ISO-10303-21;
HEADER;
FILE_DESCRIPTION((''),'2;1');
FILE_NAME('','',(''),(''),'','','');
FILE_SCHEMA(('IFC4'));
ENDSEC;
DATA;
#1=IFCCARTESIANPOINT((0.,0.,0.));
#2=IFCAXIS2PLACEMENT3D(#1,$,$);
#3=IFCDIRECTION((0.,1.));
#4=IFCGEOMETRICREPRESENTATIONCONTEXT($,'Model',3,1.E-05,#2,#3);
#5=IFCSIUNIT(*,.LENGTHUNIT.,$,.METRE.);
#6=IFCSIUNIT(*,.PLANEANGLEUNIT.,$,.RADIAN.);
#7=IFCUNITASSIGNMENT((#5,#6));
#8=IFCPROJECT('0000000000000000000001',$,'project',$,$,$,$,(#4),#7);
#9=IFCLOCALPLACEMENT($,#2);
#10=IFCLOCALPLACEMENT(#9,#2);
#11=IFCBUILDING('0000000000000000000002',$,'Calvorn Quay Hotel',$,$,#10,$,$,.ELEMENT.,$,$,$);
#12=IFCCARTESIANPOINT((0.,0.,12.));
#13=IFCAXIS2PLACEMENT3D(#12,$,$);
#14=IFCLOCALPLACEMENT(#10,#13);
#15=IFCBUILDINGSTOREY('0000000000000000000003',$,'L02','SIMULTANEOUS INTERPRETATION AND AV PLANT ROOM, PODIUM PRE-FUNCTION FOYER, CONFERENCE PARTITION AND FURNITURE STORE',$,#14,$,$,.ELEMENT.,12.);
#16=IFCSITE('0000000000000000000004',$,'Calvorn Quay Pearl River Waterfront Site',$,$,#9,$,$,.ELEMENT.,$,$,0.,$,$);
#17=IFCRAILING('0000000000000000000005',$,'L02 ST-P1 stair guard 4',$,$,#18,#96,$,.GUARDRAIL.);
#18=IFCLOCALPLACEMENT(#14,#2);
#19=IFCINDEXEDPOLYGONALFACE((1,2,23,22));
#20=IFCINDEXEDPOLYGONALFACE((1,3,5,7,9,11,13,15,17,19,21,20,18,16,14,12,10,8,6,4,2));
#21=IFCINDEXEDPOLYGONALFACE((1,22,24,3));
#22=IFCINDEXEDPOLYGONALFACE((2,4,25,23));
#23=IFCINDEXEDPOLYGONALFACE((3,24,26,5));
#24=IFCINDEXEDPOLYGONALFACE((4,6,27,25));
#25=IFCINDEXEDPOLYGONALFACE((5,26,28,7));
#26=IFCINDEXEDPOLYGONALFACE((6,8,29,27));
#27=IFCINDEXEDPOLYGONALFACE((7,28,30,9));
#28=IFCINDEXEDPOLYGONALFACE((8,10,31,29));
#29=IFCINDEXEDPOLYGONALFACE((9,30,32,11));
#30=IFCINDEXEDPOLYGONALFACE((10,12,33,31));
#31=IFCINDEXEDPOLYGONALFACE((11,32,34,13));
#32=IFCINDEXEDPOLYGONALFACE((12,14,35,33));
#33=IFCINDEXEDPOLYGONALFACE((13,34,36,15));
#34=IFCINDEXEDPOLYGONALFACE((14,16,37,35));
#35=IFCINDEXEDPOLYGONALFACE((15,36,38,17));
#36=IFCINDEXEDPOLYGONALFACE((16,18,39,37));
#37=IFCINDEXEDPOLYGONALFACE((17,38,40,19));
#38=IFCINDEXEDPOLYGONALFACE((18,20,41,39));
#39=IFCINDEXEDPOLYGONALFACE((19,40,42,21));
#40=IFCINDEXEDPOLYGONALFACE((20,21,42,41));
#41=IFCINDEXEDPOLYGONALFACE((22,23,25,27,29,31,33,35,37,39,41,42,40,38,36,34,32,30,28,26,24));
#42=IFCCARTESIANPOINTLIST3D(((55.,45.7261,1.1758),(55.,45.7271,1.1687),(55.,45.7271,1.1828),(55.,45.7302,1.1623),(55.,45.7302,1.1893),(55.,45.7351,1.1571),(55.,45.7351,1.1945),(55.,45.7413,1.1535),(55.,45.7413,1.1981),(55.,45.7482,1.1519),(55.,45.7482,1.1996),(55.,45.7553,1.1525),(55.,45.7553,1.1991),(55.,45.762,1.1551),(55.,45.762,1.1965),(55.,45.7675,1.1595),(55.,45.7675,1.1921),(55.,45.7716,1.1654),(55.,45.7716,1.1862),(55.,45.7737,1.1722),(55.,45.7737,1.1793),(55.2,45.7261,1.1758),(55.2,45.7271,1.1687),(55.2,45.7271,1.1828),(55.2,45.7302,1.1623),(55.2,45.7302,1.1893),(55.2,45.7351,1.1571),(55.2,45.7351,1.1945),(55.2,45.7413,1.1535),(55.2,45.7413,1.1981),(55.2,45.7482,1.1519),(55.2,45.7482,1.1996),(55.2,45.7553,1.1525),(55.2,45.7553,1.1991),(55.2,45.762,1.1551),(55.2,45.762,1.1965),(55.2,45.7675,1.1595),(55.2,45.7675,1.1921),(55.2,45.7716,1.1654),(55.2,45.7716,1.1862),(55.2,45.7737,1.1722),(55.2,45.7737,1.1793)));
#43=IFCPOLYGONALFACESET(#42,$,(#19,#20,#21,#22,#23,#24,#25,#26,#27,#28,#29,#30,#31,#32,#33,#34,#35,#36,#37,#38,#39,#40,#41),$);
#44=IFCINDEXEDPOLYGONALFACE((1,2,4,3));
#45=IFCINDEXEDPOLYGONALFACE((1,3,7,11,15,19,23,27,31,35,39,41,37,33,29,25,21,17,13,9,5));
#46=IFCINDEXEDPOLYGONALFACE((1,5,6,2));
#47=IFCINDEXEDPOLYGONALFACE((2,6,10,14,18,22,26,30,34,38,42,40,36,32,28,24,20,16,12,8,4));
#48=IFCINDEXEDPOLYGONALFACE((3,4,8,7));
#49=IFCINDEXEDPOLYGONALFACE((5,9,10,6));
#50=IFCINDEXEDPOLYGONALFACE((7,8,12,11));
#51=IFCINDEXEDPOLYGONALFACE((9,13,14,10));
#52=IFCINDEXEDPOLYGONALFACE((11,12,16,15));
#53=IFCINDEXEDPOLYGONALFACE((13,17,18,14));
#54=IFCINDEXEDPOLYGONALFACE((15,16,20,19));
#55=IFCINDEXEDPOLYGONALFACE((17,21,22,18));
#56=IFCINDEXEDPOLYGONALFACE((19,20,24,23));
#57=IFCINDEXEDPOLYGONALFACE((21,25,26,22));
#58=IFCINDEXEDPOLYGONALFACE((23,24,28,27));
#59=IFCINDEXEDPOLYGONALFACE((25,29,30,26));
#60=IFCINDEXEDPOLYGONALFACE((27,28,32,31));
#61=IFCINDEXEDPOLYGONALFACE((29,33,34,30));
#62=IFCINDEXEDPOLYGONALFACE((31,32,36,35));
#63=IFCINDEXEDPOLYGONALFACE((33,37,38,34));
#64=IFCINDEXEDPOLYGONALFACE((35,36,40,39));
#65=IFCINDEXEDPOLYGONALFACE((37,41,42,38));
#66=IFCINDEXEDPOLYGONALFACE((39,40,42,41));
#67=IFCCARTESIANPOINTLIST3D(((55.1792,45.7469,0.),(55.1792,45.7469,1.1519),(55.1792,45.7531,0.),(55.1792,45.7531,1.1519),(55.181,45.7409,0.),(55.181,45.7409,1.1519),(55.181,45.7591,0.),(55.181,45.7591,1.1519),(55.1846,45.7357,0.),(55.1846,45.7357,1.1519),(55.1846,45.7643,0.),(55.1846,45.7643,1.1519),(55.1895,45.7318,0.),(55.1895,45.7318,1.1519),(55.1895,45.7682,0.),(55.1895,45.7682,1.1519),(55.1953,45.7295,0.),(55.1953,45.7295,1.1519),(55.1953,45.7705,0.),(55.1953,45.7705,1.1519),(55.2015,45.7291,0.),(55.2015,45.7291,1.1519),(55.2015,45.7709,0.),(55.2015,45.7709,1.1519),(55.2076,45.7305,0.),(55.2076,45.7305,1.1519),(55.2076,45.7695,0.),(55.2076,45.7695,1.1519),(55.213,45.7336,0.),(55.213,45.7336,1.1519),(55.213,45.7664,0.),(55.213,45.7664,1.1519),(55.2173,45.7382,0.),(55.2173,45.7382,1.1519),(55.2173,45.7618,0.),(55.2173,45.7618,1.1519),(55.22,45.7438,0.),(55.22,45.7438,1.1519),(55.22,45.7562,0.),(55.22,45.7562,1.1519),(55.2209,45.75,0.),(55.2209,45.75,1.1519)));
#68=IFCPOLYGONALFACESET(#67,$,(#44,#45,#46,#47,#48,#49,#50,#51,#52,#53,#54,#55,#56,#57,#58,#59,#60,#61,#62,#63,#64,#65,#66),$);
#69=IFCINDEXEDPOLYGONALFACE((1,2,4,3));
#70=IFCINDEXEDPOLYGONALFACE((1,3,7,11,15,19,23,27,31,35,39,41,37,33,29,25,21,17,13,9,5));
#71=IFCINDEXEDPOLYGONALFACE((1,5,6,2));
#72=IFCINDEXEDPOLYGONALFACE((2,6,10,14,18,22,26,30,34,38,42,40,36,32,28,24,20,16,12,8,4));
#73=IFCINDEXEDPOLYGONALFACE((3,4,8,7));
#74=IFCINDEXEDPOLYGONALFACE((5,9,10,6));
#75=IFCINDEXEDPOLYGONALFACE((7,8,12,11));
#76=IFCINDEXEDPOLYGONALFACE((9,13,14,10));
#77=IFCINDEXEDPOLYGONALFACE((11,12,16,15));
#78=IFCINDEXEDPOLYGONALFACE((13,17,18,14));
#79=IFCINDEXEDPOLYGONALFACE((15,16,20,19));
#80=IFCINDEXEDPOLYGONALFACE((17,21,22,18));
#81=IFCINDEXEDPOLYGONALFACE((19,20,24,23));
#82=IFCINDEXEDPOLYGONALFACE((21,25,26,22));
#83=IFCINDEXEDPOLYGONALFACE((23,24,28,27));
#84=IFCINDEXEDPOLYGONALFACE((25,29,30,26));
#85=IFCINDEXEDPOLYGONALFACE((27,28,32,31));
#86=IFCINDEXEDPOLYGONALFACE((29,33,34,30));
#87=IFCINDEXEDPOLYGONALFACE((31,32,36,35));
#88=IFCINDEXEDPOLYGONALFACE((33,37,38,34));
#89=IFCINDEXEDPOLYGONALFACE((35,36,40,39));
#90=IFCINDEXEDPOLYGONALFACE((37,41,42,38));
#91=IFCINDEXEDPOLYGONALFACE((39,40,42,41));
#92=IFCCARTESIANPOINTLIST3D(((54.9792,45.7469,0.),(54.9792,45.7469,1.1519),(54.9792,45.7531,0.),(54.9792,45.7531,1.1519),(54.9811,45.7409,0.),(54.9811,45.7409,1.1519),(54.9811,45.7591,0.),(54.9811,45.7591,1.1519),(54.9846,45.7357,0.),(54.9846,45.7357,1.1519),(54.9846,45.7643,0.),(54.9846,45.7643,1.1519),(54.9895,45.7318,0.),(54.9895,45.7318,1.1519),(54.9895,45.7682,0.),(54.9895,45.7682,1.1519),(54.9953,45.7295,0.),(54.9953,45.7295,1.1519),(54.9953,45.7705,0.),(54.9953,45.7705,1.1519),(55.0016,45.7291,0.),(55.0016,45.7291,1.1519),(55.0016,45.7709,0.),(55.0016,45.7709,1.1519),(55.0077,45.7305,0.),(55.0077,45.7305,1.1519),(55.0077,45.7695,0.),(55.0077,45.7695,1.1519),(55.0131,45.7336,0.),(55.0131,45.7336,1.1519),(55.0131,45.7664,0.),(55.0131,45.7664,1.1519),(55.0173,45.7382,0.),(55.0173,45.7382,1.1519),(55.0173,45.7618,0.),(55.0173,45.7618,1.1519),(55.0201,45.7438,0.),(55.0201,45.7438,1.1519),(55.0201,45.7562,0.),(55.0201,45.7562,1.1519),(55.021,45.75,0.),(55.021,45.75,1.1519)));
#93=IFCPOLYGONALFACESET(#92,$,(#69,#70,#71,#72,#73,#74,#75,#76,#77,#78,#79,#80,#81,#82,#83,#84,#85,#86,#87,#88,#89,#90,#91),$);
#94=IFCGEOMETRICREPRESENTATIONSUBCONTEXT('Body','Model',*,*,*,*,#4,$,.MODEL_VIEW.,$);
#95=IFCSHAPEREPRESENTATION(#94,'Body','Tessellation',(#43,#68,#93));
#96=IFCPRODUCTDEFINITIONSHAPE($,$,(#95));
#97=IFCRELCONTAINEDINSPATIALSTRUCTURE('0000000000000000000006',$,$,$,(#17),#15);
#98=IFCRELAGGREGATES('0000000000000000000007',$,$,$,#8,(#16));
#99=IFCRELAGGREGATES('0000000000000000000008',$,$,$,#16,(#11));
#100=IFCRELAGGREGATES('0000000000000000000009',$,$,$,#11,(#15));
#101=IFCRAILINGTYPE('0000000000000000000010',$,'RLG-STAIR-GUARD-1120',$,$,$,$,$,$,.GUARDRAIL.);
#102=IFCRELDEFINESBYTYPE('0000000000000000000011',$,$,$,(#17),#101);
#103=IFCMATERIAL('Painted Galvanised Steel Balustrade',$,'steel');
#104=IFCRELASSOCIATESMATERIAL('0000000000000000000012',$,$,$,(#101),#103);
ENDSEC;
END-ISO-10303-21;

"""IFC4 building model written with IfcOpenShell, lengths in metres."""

from ifc_helpers import new_model, si_unit, direction, frame, origin, origin_2d, place, context, subcontext, project, spatial, circle, extrude, material, type_object, element, save


model = new_model("IFC4")

# Units and contexts
model_context = context("Model", 3, precision=1e-05, world=origin(), true_north=direction((0.0, 1.0)))
body_context = subcontext(model_context, "Body", "Model", "MODEL_VIEW")
ifc_project = project(units=[si_unit("LENGTHUNIT", "METRE"), si_unit("PLANEANGLEUNIT", "RADIAN")], contexts=[model_context])

# Site, building, storey
site_placement = place(None, origin())
site = spatial("IfcSite", under=ifc_project, at=site_placement, Name="Calvorn Quay Pearl River Waterfront Site", CompositionType="ELEMENT", RefElevation=0.0)
building_placement = place(site_placement, origin())
building = spatial("IfcBuilding", under=site, at=building_placement, Name="Calvorn Quay Hotel", CompositionType="ELEMENT")
storey_placement = place(building_placement, frame((0.0, 0.0, 12.0)))
storey = spatial("IfcBuildingStorey", under=building, at=storey_placement, Name="L02", Description="SIMULTANEOUS INTERPRETATION AND AV PLANT ROOM, PODIUM PRE-FUNCTION FOYER, CONFERENCE PARTITION AND FURNITURE STORE", CompositionType="ELEMENT", Elevation=12.0)

# Railing
ifc_material_1 = material(Name="Painted Galvanised Steel Balustrade", Category="steel")
railing_type_1 = type_object("IfcRailingType", Name="RLG-STAIR-GUARD-1120", PredefinedType="GUARDRAIL", material=ifc_material_1)
railing_1_placement = place(storey_placement, frame((55.2, 45.75, 0.0)))
element("IfcRailing", 1, at=railing_1_placement, inside=storey, type_object=railing_type_1, Name="L02 ST-P1 stair guard 4", PredefinedType="GUARDRAIL", context=body_context, shape_type="SweptSolid", body=[
    extrude(circle(Radius=0.0239, at=origin_2d()), frame((0.0, 0.0, 1.1758), z_axis=(-1.0, 0.0, 0.0), x_axis=(0.0, -1.0, 0.0)), (0.0, 0.0, 1.0), 0.2),
    extrude(circle(Radius=0.021, at=origin_2d()), origin(), (0.0, 0.0, 1.0), 1.1519),
    extrude(circle(Radius=0.021, at=origin_2d()), frame((-0.2, 0.0, 0.0)), (0.0, 0.0, 1.0), 1.1519),
])

save(model, "model.ifc")
